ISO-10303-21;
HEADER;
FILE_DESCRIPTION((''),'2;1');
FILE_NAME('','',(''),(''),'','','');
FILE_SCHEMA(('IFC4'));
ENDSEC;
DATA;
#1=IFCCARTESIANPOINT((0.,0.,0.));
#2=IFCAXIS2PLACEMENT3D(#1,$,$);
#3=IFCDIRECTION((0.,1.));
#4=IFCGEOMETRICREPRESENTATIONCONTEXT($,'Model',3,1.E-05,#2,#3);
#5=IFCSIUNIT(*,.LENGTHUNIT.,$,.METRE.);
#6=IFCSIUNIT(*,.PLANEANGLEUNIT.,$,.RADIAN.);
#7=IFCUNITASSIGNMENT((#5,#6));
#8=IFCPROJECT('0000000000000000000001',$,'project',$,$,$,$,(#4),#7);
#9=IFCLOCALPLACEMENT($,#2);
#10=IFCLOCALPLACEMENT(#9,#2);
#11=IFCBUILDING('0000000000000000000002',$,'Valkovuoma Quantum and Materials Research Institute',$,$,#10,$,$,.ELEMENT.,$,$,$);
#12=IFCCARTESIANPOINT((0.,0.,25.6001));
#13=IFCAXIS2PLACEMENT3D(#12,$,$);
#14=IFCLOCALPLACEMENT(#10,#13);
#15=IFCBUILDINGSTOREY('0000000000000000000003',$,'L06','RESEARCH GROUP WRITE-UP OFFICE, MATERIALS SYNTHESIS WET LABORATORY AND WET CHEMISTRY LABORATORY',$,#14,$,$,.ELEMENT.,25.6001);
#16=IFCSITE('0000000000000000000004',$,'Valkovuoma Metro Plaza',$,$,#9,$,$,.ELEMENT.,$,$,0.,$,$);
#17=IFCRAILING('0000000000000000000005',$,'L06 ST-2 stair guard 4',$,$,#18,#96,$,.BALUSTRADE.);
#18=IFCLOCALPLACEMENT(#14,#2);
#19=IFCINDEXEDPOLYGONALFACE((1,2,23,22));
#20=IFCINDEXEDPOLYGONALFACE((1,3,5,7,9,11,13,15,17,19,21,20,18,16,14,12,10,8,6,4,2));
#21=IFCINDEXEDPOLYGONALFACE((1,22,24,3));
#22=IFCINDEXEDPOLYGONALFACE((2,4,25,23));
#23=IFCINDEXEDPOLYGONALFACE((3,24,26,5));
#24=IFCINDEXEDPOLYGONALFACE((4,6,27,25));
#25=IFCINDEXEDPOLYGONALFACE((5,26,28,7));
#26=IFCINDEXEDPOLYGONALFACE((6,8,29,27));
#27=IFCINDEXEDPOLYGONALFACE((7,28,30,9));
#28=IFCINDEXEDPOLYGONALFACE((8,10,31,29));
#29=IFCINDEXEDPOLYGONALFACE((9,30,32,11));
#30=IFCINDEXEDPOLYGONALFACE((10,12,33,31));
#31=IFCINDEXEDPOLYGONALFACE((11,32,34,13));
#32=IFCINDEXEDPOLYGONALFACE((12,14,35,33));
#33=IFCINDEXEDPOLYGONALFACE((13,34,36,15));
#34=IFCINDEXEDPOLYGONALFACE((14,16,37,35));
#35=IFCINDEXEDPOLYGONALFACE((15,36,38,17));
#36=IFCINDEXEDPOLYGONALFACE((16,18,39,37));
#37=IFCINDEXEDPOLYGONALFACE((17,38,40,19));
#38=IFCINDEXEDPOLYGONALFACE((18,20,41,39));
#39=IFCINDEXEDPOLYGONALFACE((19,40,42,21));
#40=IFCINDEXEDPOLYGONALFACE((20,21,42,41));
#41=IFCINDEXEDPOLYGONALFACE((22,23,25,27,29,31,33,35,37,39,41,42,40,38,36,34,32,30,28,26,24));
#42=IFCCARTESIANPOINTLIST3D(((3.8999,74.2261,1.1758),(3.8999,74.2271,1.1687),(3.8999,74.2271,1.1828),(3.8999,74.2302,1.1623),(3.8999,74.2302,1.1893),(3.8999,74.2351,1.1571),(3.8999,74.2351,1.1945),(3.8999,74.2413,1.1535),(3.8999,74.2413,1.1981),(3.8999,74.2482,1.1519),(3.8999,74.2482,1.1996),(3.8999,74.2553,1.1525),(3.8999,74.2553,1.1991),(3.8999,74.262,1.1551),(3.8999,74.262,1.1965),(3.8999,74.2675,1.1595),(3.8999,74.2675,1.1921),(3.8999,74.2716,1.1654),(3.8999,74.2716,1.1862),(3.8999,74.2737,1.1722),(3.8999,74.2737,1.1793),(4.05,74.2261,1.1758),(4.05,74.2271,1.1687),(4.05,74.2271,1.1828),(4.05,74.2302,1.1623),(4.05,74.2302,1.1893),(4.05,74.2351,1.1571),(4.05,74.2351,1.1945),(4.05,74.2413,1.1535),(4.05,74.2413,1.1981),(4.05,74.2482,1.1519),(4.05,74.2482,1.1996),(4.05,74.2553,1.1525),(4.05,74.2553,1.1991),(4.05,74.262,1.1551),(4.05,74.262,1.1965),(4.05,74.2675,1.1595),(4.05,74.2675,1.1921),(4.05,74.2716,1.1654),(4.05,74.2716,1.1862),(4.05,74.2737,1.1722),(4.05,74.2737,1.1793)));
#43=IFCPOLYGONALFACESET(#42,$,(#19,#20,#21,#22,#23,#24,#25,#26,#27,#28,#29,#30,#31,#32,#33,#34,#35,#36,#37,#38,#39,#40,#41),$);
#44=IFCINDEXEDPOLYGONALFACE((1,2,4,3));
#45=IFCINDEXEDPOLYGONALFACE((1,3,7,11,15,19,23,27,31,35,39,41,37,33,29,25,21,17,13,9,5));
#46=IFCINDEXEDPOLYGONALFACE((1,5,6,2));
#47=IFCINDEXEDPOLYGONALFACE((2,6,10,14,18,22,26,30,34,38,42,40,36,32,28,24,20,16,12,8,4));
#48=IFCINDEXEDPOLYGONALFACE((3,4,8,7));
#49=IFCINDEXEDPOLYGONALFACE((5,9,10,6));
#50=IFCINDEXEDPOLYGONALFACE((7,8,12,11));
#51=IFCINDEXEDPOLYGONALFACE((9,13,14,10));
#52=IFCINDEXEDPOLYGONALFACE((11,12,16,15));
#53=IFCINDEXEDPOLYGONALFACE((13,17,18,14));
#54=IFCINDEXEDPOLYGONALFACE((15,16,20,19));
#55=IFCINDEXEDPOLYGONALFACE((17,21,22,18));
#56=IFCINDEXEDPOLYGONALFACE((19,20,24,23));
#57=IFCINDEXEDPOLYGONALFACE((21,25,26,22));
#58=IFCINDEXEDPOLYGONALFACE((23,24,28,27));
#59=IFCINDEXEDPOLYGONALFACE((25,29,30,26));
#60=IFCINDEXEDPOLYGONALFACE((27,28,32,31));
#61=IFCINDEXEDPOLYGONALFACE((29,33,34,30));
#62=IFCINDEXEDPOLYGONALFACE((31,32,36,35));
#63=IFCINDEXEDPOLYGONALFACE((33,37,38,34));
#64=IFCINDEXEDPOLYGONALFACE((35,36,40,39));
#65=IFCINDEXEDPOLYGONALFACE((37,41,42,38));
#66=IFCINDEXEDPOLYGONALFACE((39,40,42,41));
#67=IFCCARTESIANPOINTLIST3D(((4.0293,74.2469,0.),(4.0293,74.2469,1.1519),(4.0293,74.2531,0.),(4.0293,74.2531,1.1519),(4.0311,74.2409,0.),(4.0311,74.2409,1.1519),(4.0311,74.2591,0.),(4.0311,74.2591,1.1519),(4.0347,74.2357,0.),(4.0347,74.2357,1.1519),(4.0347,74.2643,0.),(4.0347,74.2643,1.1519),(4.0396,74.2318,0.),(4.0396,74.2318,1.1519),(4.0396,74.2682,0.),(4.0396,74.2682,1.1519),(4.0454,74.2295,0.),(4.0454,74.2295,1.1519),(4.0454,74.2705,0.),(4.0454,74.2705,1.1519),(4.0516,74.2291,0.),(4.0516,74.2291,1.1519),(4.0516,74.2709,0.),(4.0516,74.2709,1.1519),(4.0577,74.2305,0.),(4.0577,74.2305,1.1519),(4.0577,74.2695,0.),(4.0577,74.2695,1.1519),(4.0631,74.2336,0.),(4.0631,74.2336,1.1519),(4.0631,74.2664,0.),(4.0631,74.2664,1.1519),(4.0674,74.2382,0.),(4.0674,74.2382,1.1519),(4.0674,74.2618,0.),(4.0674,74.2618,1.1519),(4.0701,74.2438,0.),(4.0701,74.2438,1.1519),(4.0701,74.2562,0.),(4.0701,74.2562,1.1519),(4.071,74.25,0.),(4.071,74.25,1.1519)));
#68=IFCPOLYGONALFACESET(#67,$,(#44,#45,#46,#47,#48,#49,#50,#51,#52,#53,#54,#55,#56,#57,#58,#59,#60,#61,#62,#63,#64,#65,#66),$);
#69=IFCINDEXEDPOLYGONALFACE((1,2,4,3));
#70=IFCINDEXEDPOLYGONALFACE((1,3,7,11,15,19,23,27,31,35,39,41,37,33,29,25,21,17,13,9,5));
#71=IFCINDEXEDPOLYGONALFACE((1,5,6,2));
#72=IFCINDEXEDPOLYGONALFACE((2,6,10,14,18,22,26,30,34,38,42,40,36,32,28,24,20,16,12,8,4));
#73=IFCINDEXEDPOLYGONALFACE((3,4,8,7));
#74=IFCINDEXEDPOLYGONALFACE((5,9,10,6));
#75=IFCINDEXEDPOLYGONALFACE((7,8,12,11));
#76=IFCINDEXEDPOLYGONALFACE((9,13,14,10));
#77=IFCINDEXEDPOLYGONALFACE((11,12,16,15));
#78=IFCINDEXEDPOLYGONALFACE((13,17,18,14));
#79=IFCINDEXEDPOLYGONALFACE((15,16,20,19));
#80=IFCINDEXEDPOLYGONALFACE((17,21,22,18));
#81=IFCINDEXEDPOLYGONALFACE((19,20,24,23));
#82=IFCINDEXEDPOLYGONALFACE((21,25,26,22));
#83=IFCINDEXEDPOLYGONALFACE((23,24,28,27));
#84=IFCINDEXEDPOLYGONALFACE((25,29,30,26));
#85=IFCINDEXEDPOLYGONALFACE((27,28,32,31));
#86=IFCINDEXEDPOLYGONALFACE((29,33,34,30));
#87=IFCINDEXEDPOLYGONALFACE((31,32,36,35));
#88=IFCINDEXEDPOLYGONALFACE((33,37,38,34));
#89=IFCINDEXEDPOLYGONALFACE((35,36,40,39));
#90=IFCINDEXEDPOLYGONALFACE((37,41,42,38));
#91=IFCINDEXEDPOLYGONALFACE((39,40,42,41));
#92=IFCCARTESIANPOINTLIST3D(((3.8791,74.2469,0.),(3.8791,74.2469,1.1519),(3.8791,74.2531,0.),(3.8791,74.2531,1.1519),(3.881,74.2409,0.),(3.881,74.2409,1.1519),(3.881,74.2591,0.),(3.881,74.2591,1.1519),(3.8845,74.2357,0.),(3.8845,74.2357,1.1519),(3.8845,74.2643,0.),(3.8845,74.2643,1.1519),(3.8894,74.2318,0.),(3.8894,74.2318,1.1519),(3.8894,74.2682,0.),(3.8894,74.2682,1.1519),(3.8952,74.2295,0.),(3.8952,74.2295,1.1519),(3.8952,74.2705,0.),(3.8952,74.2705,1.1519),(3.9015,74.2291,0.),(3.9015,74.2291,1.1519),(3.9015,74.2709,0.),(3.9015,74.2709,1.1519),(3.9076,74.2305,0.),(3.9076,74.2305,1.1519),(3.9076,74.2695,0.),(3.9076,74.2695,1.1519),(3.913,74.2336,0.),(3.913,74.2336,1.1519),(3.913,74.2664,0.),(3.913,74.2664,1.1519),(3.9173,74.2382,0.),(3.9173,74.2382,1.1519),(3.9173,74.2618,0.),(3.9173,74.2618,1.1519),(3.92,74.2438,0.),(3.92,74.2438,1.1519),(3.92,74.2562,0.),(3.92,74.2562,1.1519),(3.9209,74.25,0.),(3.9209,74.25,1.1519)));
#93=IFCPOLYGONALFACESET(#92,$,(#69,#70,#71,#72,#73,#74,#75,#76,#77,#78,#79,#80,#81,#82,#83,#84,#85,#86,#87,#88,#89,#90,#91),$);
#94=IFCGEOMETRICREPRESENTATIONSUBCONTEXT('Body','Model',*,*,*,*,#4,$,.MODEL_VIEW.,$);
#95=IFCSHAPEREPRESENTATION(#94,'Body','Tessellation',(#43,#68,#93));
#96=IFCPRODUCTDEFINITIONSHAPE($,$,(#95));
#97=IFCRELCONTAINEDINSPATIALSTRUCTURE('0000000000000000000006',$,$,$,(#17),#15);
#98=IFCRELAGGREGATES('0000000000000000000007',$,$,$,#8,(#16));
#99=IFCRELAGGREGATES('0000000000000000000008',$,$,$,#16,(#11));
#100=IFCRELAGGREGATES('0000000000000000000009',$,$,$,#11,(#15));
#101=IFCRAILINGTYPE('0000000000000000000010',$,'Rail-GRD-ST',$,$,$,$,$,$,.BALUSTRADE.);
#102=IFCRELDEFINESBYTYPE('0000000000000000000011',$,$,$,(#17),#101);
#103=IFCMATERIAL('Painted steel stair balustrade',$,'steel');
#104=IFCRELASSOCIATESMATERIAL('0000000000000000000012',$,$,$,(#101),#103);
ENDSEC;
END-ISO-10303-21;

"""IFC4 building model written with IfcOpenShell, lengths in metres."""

from ifc_helpers import new_model, si_unit, direction, frame, origin, origin_2d, place, context, subcontext, project, spatial, circle, extrude, material, type_object, element, save


model = new_model("IFC4")

# Units and contexts
model_context = context("Model", 3, precision=1e-05, world=origin(), true_north=direction((0.0, 1.0)))
body_context = subcontext(model_context, "Body", "Model", "MODEL_VIEW")
ifc_project = project(units=[si_unit("LENGTHUNIT", "METRE"), si_unit("PLANEANGLEUNIT", "RADIAN")], contexts=[model_context])

# Site, building, storey
site_placement = place(None, origin())
site = spatial("IfcSite", under=ifc_project, at=site_placement, Name="Valkovuoma Metro Plaza", CompositionType="ELEMENT", RefElevation=0.0)
building_placement = place(site_placement, origin())
building = spatial("IfcBuilding", under=site, at=building_placement, Name="Valkovuoma Quantum and Materials Research Institute", CompositionType="ELEMENT")
storey_placement = place(building_placement, frame((0.0, 0.0, 25.6001)))
storey = spatial("IfcBuildingStorey", under=building, at=storey_placement, Name="L06", Description="RESEARCH GROUP WRITE-UP OFFICE, MATERIALS SYNTHESIS WET LABORATORY AND WET CHEMISTRY LABORATORY", CompositionType="ELEMENT", Elevation=25.6001)

# Railing
ifc_material_1 = material(Name="Painted steel stair balustrade", Category="steel")
railing_type_1 = type_object("IfcRailingType", Name="Rail-GRD-ST", PredefinedType="BALUSTRADE", material=ifc_material_1)
railing_1_placement = place(storey_placement, frame((4.05, 74.25, 0.0)))
element("IfcRailing", 1, at=railing_1_placement, inside=storey, type_object=railing_type_1, Name="L06 ST-2 stair guard 4", PredefinedType="BALUSTRADE", context=body_context, shape_type="SweptSolid", body=[
    extrude(circle(Radius=0.0239, at=origin_2d()), frame((0.0, 0.0, 1.1758), z_axis=(-1.0, 0.0, 0.0), x_axis=(0.0, -1.0, 0.0)), (0.0, 0.0, 1.0), 0.1501),
    extrude(circle(Radius=0.021, at=origin_2d()), origin(), (0.0, 0.0, 1.0), 1.1519),
    extrude(circle(Radius=0.021, at=origin_2d()), frame((-0.1501, 0.0, 0.0)), (0.0, 0.0, 1.0), 1.1519),
])

save(model, "model.ifc")
